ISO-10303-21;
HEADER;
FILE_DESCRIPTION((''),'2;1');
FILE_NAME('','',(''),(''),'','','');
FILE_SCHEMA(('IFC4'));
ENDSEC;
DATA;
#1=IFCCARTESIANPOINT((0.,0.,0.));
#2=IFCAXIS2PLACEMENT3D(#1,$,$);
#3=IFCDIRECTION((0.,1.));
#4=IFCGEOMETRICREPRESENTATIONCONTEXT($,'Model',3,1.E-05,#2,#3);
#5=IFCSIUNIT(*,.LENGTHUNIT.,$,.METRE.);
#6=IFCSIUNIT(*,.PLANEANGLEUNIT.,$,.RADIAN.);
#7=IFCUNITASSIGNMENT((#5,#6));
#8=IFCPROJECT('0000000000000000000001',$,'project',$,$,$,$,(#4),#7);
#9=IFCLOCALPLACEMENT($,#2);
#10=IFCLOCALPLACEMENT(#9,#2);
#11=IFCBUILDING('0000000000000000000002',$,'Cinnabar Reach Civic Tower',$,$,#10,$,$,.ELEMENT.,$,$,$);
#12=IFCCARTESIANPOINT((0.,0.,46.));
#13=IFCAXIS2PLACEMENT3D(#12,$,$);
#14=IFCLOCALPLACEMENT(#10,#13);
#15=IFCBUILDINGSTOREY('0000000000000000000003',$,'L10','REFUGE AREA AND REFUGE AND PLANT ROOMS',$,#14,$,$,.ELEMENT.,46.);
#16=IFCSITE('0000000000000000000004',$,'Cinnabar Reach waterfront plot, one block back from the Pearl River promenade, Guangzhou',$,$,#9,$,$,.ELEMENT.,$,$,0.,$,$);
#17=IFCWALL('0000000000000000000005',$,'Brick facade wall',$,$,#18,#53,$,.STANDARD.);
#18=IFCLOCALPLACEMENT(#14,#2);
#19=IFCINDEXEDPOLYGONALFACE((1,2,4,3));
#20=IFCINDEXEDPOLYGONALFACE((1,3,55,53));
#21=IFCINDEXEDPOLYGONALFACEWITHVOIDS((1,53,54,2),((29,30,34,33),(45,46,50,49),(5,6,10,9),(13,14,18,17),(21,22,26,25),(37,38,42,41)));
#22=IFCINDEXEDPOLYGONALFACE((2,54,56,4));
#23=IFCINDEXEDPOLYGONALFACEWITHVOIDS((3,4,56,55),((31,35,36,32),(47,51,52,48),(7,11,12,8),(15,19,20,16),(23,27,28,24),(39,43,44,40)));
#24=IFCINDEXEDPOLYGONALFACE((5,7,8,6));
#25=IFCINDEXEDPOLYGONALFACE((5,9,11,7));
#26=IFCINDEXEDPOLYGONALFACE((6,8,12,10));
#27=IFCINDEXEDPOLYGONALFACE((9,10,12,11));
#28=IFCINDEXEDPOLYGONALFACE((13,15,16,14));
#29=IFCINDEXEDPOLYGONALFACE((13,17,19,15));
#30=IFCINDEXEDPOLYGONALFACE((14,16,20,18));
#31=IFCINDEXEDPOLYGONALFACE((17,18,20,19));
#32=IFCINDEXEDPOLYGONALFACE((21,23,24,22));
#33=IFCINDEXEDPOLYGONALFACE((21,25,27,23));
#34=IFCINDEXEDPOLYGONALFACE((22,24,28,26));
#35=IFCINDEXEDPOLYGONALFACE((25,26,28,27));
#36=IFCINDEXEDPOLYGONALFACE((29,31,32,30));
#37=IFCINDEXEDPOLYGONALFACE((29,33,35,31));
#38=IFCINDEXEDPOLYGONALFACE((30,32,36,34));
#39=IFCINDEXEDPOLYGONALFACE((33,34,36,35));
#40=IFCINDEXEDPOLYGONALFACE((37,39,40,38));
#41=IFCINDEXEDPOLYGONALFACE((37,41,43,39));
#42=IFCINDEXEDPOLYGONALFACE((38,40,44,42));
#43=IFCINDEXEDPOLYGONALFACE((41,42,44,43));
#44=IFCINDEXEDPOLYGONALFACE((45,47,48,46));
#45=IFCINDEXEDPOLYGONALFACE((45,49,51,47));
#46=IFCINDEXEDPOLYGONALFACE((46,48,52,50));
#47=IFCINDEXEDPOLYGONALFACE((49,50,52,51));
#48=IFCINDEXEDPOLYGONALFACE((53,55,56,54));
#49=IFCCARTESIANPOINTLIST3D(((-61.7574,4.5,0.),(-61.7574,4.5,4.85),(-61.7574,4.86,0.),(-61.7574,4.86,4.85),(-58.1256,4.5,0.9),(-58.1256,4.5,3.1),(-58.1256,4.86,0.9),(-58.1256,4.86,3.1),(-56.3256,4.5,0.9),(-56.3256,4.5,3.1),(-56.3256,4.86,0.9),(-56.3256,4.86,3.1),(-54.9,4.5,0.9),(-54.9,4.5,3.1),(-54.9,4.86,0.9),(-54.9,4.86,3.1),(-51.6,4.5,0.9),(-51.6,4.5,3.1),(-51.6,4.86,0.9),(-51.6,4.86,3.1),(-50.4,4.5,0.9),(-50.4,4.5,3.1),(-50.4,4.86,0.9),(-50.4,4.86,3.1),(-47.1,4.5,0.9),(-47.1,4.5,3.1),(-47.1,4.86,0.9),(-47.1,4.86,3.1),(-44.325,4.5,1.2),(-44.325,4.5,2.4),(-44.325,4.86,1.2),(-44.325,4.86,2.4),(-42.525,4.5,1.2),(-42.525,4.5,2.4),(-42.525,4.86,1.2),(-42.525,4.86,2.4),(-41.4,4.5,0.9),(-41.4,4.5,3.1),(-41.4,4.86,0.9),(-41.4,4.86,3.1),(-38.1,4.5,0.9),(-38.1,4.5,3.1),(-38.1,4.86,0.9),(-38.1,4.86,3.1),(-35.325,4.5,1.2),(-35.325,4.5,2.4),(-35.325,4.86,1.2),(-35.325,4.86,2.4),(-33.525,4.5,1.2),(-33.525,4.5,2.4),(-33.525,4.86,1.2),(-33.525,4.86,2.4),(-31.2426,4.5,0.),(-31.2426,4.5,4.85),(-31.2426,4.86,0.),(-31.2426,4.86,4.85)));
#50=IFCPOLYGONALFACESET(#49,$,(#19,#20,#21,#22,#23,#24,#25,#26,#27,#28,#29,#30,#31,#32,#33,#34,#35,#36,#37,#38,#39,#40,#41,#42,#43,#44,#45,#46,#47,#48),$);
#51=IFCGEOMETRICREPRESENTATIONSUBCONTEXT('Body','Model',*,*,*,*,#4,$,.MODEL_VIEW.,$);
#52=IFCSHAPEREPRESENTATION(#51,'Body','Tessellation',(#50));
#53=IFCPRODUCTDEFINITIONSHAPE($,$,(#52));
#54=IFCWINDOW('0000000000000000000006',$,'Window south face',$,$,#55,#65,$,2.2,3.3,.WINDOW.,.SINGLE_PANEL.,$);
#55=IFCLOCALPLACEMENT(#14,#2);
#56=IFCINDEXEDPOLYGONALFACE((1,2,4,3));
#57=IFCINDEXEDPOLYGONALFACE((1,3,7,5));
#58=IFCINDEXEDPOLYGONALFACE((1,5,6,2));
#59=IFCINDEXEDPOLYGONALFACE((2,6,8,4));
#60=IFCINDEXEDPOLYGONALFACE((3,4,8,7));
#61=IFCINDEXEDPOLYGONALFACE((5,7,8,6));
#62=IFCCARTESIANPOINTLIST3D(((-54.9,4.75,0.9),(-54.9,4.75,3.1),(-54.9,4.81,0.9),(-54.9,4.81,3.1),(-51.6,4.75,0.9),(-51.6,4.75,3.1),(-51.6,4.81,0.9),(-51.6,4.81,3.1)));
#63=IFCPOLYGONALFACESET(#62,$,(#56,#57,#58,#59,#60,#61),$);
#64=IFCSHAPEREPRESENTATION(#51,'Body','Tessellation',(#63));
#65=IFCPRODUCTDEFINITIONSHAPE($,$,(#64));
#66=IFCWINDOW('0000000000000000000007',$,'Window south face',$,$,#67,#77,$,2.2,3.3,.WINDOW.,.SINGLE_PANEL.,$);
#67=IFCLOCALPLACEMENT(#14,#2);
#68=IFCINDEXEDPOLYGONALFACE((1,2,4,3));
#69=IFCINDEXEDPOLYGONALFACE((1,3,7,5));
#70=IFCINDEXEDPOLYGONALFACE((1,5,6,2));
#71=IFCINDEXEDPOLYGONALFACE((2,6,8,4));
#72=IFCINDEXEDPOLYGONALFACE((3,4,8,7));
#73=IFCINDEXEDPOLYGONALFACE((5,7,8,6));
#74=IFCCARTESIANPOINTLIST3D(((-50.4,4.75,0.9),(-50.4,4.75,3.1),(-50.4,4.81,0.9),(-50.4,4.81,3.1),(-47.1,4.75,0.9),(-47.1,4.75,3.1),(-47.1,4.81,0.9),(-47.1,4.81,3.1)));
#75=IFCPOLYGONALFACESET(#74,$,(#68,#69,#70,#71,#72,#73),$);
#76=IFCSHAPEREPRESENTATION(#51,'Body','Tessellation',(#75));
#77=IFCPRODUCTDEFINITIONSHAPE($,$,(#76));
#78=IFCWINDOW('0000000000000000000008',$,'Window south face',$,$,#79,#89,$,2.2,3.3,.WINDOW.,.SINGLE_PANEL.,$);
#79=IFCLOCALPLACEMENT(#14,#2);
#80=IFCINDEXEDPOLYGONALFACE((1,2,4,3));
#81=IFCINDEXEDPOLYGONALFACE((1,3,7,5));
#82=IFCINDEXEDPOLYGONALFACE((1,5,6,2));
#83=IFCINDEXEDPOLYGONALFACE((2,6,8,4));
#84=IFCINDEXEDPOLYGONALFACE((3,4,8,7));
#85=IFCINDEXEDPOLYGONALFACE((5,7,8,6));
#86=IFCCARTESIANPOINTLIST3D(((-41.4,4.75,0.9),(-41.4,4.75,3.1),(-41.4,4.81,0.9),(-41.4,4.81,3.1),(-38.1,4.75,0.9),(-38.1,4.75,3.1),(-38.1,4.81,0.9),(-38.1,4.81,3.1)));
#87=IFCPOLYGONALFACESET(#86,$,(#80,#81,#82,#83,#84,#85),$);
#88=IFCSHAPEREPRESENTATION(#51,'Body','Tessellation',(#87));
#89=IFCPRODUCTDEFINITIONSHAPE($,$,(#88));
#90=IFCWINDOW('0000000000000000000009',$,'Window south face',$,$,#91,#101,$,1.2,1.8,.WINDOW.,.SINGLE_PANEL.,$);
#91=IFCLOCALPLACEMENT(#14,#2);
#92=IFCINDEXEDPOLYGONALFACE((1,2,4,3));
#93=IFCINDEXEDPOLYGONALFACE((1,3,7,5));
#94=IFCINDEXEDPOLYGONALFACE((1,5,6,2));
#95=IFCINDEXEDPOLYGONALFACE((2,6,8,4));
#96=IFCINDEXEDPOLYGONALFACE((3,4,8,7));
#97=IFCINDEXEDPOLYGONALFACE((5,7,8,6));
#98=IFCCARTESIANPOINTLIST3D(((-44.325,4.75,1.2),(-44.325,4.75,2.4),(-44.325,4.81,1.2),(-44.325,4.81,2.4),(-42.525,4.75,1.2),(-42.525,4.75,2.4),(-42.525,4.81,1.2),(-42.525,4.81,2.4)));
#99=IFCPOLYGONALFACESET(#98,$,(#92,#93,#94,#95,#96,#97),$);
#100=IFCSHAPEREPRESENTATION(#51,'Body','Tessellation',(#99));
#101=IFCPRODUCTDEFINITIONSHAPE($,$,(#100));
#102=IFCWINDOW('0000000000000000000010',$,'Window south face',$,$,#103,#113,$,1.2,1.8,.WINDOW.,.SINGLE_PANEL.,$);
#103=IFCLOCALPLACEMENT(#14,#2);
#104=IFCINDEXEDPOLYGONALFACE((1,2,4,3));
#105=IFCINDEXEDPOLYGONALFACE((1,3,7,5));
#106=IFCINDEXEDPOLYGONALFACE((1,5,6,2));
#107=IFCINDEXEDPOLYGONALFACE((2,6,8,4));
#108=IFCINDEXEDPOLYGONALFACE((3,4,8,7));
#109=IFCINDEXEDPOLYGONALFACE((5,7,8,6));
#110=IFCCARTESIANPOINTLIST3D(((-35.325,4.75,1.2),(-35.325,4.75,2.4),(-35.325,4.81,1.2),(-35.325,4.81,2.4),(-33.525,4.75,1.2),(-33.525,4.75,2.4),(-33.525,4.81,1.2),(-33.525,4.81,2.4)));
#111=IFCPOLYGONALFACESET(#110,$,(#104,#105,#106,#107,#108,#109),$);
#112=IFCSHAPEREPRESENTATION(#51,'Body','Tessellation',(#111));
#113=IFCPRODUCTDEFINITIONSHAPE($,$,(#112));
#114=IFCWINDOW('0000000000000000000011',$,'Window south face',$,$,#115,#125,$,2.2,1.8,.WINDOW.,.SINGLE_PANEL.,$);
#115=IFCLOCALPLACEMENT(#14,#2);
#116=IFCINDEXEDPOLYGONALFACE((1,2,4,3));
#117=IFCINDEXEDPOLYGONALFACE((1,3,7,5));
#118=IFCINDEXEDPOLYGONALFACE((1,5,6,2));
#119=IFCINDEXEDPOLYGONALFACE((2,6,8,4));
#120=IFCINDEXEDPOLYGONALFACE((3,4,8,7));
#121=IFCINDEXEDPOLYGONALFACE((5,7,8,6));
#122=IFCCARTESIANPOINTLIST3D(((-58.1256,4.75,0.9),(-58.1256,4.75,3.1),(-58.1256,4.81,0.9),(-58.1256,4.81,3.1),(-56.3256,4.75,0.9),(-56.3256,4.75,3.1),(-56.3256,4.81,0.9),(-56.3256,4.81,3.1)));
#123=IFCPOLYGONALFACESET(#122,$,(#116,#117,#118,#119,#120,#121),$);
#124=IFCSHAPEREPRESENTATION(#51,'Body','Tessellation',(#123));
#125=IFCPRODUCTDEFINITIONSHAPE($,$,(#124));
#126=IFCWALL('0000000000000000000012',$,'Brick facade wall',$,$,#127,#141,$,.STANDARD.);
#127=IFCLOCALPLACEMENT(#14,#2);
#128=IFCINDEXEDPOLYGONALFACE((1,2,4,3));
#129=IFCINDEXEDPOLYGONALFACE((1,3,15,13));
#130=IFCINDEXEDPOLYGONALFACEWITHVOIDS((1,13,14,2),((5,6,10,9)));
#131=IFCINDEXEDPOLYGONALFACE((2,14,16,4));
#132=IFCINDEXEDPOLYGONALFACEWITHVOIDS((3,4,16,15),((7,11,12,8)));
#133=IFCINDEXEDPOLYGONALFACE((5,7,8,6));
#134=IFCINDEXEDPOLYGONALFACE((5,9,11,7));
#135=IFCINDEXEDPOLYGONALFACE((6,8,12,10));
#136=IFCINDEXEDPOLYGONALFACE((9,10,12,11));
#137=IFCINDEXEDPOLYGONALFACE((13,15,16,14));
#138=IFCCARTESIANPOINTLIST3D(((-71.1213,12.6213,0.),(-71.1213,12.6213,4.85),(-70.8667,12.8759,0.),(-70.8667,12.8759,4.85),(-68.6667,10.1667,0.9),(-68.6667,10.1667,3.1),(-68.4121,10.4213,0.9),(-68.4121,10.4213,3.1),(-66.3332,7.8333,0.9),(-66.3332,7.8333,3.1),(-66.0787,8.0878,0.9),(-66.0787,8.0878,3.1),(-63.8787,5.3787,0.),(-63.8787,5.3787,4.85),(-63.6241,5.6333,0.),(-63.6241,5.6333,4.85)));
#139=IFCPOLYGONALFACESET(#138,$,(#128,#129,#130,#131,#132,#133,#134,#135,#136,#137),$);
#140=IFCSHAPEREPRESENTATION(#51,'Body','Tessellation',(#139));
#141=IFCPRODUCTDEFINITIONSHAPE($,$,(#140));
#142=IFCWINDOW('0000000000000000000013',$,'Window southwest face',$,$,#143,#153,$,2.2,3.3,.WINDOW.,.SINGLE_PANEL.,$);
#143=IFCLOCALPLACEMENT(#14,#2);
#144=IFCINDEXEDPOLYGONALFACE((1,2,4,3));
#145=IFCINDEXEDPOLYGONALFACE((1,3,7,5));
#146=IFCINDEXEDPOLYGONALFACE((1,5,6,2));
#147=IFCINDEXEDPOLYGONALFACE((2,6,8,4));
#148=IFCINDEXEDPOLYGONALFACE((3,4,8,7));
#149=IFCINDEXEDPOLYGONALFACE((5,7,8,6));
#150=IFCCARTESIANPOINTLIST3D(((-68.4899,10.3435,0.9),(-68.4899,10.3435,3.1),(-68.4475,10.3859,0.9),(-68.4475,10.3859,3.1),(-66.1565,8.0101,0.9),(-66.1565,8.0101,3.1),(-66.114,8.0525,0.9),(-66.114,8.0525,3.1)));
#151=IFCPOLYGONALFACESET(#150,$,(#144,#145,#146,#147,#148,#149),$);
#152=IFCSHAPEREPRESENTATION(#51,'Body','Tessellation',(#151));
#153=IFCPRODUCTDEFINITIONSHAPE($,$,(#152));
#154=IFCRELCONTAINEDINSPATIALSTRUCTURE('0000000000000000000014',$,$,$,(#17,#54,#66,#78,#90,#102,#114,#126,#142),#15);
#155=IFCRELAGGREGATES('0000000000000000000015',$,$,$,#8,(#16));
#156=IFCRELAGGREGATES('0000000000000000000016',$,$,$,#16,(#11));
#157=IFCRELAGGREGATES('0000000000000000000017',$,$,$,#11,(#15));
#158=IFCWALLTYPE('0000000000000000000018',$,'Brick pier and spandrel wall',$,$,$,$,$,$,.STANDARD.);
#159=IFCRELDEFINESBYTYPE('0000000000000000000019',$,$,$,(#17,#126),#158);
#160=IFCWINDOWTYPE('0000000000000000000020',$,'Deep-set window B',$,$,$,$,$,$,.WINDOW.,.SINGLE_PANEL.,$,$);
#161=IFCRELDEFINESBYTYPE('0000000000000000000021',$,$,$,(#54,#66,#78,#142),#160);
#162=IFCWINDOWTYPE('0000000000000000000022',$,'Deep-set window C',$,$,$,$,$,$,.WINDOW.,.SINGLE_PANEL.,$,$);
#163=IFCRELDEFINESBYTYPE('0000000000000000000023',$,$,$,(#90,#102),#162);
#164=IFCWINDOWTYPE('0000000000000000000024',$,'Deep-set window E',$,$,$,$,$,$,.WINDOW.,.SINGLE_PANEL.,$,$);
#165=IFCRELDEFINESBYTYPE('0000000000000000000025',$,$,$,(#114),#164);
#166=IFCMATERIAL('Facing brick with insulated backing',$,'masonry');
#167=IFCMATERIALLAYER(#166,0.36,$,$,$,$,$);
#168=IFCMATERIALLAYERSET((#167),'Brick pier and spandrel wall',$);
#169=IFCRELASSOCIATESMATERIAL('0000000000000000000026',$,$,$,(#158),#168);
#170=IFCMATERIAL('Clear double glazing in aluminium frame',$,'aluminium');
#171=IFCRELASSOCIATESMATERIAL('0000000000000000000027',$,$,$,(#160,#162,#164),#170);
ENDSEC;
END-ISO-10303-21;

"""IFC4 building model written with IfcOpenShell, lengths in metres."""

from ifc_helpers import new_model, si_unit, direction, frame, frame_2d, origin, place, context, subcontext, project, spatial, rectangle, extrude, material, layer, layer_set, type_object, element, fill, save


model = new_model("IFC4")

# Units and contexts
model_context = context("Model", 3, precision=1e-05, world=origin(), true_north=direction((0.0, 1.0)))
body_context = subcontext(model_context, "Body", "Model", "MODEL_VIEW")
ifc_project = project(units=[si_unit("LENGTHUNIT", "METRE"), si_unit("PLANEANGLEUNIT", "RADIAN")], contexts=[model_context])

# Site, building, storey
site_placement = place(None, origin())
site = spatial("IfcSite", under=ifc_project, at=site_placement, Name="Cinnabar Reach waterfront plot, one block back from the Pearl River promenade, Guangzhou", CompositionType="ELEMENT", RefElevation=0.0)
building_placement = place(site_placement, origin())
building = spatial("IfcBuilding", under=site, at=building_placement, Name="Cinnabar Reach Civic Tower", CompositionType="ELEMENT")
storey_placement = place(building_placement, frame((0.0, 0.0, 46.0)))
storey = spatial("IfcBuildingStorey", under=building, at=storey_placement, Name="L10", Description="REFUGE AREA AND REFUGE AND PLANT ROOMS", CompositionType="ELEMENT", Elevation=46.0)

# Shared definitions
ifc_material_1 = material(Name="Facing brick with insulated backing", Category="masonry")

# Wall, openings, windows
ifc_layer_1 = layer(ifc_material_1, 0.36)
ifc_layer_set_1 = layer_set([ifc_layer_1], Name="Brick pier and spandrel wall")
wall_type_1 = type_object("IfcWallType", Name="Brick pier and spandrel wall", PredefinedType="STANDARD", material=ifc_layer_set_1)
wall_1_placement = place(storey_placement, frame((-61.7574, 4.68, 0.0), z_axis=(0.0, 0.0, 1.0), x_axis=(1.0, 0.0, 0.0)))
wall_1 = element("IfcWall", 1, at=wall_1_placement, inside=storey, type_object=wall_type_1, Name="Brick facade wall", PredefinedType="STANDARD", context=body_context, shape_type="SweptSolid", body=[
    extrude(rectangle(XDim=30.5148, YDim=0.36, at=frame_2d((15.2574, 0.0))), origin(), (0.0, 0.0, 1.0), 4.85),
])
opening_1_placement = place(wall_1_placement, frame((3.6318, 0.0, 0.9)))
opening_1 = element("IfcOpeningElement", 2, at=opening_1_placement, cuts=wall_1, PredefinedType="OPENING", context=body_context, shape_type="SweptSolid", body=[
    extrude(rectangle(XDim=1.8, YDim=2.2, at=frame_2d((0.9, 1.1))), frame((0.0, 0.19, 0.0), z_axis=(0.0, -1.0, 0.0), x_axis=(1.0, 0.0, 0.0)), (0.0, 0.0, 1.0), 0.38),
])
opening_2_placement = place(wall_1_placement, frame((6.8574, 0.0, 0.9)))
opening_2 = element("IfcOpeningElement", 3, at=opening_2_placement, cuts=wall_1, PredefinedType="OPENING", context=body_context, shape_type="SweptSolid", body=[
    extrude(rectangle(XDim=3.3, YDim=2.2, at=frame_2d((1.65, 1.1))), frame((0.0, 0.19, 0.0), z_axis=(0.0, -1.0, 0.0), x_axis=(1.0, 0.0, 0.0)), (0.0, 0.0, 1.0), 0.38),
])
opening_3_placement = place(wall_1_placement, frame((11.3574, 0.0, 0.9)))
opening_3 = element("IfcOpeningElement", 4, at=opening_3_placement, cuts=wall_1, PredefinedType="OPENING", context=body_context, shape_type="SweptSolid", body=[
    extrude(rectangle(XDim=3.3, YDim=2.2, at=frame_2d((1.65, 1.1))), frame((0.0, 0.19, 0.0), z_axis=(0.0, -1.0, 0.0), x_axis=(1.0, 0.0, 0.0)), (0.0, 0.0, 1.0), 0.38),
])
opening_4_placement = place(wall_1_placement, frame((17.4324, 0.0, 1.2)))
opening_4 = element("IfcOpeningElement", 5, at=opening_4_placement, cuts=wall_1, PredefinedType="OPENING", context=body_context, shape_type="SweptSolid", body=[
    extrude(rectangle(XDim=1.8, YDim=1.2, at=frame_2d((0.9, 0.6))), frame((0.0, 0.19, 0.0), z_axis=(0.0, -1.0, 0.0), x_axis=(1.0, 0.0, 0.0)), (0.0, 0.0, 1.0), 0.38),
])
opening_5_placement = place(wall_1_placement, frame((20.3574, 0.0, 0.9)))
opening_5 = element("IfcOpeningElement", 6, at=opening_5_placement, cuts=wall_1, PredefinedType="OPENING", context=body_context, shape_type="SweptSolid", body=[
    extrude(rectangle(XDim=3.3, YDim=2.2, at=frame_2d((1.65, 1.1))), frame((0.0, 0.19, 0.0), z_axis=(0.0, -1.0, 0.0), x_axis=(1.0, 0.0, 0.0)), (0.0, 0.0, 1.0), 0.38),
])
opening_6_placement = place(wall_1_placement, frame((26.4324, 0.0, 1.2)))
opening_6 = element("IfcOpeningElement", 7, at=opening_6_placement, cuts=wall_1, PredefinedType="OPENING", context=body_context, shape_type="SweptSolid", body=[
    extrude(rectangle(XDim=1.8, YDim=1.2, at=frame_2d((0.9, 0.6))), frame((0.0, 0.19, 0.0), z_axis=(0.0, -1.0, 0.0), x_axis=(1.0, 0.0, 0.0)), (0.0, 0.0, 1.0), 0.38),
])
ifc_material_2 = material(Name="Clear double glazing in aluminium frame", Category="aluminium")
window_type_1 = type_object("IfcWindowType", Name="Deep-set window B", PartitioningType="SINGLE_PANEL", PredefinedType="WINDOW", material=ifc_material_2)
window_1_placement = place(opening_2_placement, origin())
window_1 = element("IfcWindow", 8, at=window_1_placement, inside=storey, type_object=window_type_1, Name="Window south face", OverallHeight=2.2, OverallWidth=3.3, PartitioningType="SINGLE_PANEL", PredefinedType="WINDOW", context=body_context, shape_type="SweptSolid", body=[
    extrude(rectangle(XDim=3.3, YDim=2.2, at=frame_2d((1.65, 1.1))), frame((0.0, 0.13, 0.0), z_axis=(0.0, -1.0, 0.0), x_axis=(1.0, 0.0, 0.0)), (0.0, 0.0, 1.0), 0.06),
])
fill(opening_2, window_1)
window_2_placement = place(opening_3_placement, origin())
window_2 = element("IfcWindow", 9, at=window_2_placement, inside=storey, type_object=window_type_1, Name="Window south face", OverallHeight=2.2, OverallWidth=3.3, PartitioningType="SINGLE_PANEL", PredefinedType="WINDOW", context=body_context, shape_type="SweptSolid", body=[
    extrude(rectangle(XDim=3.3, YDim=2.2, at=frame_2d((1.65, 1.1))), frame((0.0, 0.13, 0.0), z_axis=(0.0, -1.0, 0.0), x_axis=(1.0, 0.0, 0.0)), (0.0, 0.0, 1.0), 0.06),
])
fill(opening_3, window_2)
window_3_placement = place(opening_5_placement, origin())
window_3 = element("IfcWindow", 10, at=window_3_placement, inside=storey, type_object=window_type_1, Name="Window south face", OverallHeight=2.2, OverallWidth=3.3, PartitioningType="SINGLE_PANEL", PredefinedType="WINDOW", context=body_context, shape_type="SweptSolid", body=[
    extrude(rectangle(XDim=3.3, YDim=2.2, at=frame_2d((1.65, 1.1))), frame((0.0, 0.13, 0.0), z_axis=(0.0, -1.0, 0.0), x_axis=(1.0, 0.0, 0.0)), (0.0, 0.0, 1.0), 0.06),
])
fill(opening_5, window_3)
window_type_2 = type_object("IfcWindowType", Name="Deep-set window C", PartitioningType="SINGLE_PANEL", PredefinedType="WINDOW", material=ifc_material_2)
window_4_placement = place(opening_4_placement, origin())
window_4 = element("IfcWindow", 11, at=window_4_placement, inside=storey, type_object=window_type_2, Name="Window south face", OverallHeight=1.2, OverallWidth=1.8, PartitioningType="SINGLE_PANEL", PredefinedType="WINDOW", context=body_context, shape_type="SweptSolid", body=[
    extrude(rectangle(XDim=1.8, YDim=1.2, at=frame_2d((0.9, 0.6))), frame((0.0, 0.13, 0.0), z_axis=(0.0, -1.0, 0.0), x_axis=(1.0, 0.0, 0.0)), (0.0, 0.0, 1.0), 0.06),
])
fill(opening_4, window_4)
window_5_placement = place(opening_6_placement, origin())
window_5 = element("IfcWindow", 12, at=window_5_placement, inside=storey, type_object=window_type_2, Name="Window south face", OverallHeight=1.2, OverallWidth=1.8, PartitioningType="SINGLE_PANEL", PredefinedType="WINDOW", context=body_context, shape_type="SweptSolid", body=[
    extrude(rectangle(XDim=1.8, YDim=1.2, at=frame_2d((0.9, 0.6))), frame((0.0, 0.13, 0.0), z_axis=(0.0, -1.0, 0.0), x_axis=(1.0, 0.0, 0.0)), (0.0, 0.0, 1.0), 0.06),
])
fill(opening_6, window_5)
window_type_3 = type_object("IfcWindowType", Name="Deep-set window E", PartitioningType="SINGLE_PANEL", PredefinedType="WINDOW", material=ifc_material_2)
window_6_placement = place(opening_1_placement, origin())
window_6 = element("IfcWindow", 13, at=window_6_placement, inside=storey, type_object=window_type_3, Name="Window south face", OverallHeight=2.2, OverallWidth=1.8, PartitioningType="SINGLE_PANEL", PredefinedType="WINDOW", context=body_context, shape_type="SweptSolid", body=[
    extrude(rectangle(XDim=1.8, YDim=2.2, at=frame_2d((0.9, 1.1))), frame((0.0, 0.13, 0.0), z_axis=(0.0, -1.0, 0.0), x_axis=(1.0, 0.0, 0.0)), (0.0, 0.0, 1.0), 0.06),
])
fill(opening_1, window_6)

# Wall, opening, window
wall_2_placement = place(storey_placement, frame((-70.994, 12.7486, 0.0), z_axis=(0.0, 0.0, 1.0), x_axis=(0.707107, -0.707107, 0.0)))
wall_2 = element("IfcWall", 14, at=wall_2_placement, inside=storey, type_object=wall_type_1, Name="Brick facade wall", PredefinedType="STANDARD", context=body_context, shape_type="SweptSolid", body=[
    extrude(rectangle(XDim=10.2426, YDim=0.36, at=frame_2d((5.1213, 0.0))), origin(), (0.0, 0.0, 1.0), 4.85),
])
opening_7_placement = place(wall_2_placement, frame((3.4713, 0.0, 0.9)))
opening_7 = element("IfcOpeningElement", 15, at=opening_7_placement, cuts=wall_2, PredefinedType="OPENING", context=body_context, shape_type="SweptSolid", body=[
    extrude(rectangle(XDim=3.3, YDim=2.2, at=frame_2d((1.65, 1.1))), frame((0.0, 0.19, 0.0), z_axis=(0.0, -1.0, 0.0), x_axis=(1.0, 0.0, 0.0)), (0.0, 0.0, 1.0), 0.38),
])
window_7_placement = place(opening_7_placement, origin())
window_7 = element("IfcWindow", 16, at=window_7_placement, inside=storey, type_object=window_type_1, Name="Window southwest face", OverallHeight=2.2, OverallWidth=3.3, PartitioningType="SINGLE_PANEL", PredefinedType="WINDOW", context=body_context, shape_type="SweptSolid", body=[
    extrude(rectangle(XDim=3.3, YDim=2.2, at=frame_2d((1.65, 1.1))), frame((0.0, 0.13, 0.0), z_axis=(0.0, -1.0, 0.0), x_axis=(1.0, 0.0, 0.0)), (0.0, 0.0, 1.0), 0.06),
])
fill(opening_7, window_7)

save(model, "model.ifc")
